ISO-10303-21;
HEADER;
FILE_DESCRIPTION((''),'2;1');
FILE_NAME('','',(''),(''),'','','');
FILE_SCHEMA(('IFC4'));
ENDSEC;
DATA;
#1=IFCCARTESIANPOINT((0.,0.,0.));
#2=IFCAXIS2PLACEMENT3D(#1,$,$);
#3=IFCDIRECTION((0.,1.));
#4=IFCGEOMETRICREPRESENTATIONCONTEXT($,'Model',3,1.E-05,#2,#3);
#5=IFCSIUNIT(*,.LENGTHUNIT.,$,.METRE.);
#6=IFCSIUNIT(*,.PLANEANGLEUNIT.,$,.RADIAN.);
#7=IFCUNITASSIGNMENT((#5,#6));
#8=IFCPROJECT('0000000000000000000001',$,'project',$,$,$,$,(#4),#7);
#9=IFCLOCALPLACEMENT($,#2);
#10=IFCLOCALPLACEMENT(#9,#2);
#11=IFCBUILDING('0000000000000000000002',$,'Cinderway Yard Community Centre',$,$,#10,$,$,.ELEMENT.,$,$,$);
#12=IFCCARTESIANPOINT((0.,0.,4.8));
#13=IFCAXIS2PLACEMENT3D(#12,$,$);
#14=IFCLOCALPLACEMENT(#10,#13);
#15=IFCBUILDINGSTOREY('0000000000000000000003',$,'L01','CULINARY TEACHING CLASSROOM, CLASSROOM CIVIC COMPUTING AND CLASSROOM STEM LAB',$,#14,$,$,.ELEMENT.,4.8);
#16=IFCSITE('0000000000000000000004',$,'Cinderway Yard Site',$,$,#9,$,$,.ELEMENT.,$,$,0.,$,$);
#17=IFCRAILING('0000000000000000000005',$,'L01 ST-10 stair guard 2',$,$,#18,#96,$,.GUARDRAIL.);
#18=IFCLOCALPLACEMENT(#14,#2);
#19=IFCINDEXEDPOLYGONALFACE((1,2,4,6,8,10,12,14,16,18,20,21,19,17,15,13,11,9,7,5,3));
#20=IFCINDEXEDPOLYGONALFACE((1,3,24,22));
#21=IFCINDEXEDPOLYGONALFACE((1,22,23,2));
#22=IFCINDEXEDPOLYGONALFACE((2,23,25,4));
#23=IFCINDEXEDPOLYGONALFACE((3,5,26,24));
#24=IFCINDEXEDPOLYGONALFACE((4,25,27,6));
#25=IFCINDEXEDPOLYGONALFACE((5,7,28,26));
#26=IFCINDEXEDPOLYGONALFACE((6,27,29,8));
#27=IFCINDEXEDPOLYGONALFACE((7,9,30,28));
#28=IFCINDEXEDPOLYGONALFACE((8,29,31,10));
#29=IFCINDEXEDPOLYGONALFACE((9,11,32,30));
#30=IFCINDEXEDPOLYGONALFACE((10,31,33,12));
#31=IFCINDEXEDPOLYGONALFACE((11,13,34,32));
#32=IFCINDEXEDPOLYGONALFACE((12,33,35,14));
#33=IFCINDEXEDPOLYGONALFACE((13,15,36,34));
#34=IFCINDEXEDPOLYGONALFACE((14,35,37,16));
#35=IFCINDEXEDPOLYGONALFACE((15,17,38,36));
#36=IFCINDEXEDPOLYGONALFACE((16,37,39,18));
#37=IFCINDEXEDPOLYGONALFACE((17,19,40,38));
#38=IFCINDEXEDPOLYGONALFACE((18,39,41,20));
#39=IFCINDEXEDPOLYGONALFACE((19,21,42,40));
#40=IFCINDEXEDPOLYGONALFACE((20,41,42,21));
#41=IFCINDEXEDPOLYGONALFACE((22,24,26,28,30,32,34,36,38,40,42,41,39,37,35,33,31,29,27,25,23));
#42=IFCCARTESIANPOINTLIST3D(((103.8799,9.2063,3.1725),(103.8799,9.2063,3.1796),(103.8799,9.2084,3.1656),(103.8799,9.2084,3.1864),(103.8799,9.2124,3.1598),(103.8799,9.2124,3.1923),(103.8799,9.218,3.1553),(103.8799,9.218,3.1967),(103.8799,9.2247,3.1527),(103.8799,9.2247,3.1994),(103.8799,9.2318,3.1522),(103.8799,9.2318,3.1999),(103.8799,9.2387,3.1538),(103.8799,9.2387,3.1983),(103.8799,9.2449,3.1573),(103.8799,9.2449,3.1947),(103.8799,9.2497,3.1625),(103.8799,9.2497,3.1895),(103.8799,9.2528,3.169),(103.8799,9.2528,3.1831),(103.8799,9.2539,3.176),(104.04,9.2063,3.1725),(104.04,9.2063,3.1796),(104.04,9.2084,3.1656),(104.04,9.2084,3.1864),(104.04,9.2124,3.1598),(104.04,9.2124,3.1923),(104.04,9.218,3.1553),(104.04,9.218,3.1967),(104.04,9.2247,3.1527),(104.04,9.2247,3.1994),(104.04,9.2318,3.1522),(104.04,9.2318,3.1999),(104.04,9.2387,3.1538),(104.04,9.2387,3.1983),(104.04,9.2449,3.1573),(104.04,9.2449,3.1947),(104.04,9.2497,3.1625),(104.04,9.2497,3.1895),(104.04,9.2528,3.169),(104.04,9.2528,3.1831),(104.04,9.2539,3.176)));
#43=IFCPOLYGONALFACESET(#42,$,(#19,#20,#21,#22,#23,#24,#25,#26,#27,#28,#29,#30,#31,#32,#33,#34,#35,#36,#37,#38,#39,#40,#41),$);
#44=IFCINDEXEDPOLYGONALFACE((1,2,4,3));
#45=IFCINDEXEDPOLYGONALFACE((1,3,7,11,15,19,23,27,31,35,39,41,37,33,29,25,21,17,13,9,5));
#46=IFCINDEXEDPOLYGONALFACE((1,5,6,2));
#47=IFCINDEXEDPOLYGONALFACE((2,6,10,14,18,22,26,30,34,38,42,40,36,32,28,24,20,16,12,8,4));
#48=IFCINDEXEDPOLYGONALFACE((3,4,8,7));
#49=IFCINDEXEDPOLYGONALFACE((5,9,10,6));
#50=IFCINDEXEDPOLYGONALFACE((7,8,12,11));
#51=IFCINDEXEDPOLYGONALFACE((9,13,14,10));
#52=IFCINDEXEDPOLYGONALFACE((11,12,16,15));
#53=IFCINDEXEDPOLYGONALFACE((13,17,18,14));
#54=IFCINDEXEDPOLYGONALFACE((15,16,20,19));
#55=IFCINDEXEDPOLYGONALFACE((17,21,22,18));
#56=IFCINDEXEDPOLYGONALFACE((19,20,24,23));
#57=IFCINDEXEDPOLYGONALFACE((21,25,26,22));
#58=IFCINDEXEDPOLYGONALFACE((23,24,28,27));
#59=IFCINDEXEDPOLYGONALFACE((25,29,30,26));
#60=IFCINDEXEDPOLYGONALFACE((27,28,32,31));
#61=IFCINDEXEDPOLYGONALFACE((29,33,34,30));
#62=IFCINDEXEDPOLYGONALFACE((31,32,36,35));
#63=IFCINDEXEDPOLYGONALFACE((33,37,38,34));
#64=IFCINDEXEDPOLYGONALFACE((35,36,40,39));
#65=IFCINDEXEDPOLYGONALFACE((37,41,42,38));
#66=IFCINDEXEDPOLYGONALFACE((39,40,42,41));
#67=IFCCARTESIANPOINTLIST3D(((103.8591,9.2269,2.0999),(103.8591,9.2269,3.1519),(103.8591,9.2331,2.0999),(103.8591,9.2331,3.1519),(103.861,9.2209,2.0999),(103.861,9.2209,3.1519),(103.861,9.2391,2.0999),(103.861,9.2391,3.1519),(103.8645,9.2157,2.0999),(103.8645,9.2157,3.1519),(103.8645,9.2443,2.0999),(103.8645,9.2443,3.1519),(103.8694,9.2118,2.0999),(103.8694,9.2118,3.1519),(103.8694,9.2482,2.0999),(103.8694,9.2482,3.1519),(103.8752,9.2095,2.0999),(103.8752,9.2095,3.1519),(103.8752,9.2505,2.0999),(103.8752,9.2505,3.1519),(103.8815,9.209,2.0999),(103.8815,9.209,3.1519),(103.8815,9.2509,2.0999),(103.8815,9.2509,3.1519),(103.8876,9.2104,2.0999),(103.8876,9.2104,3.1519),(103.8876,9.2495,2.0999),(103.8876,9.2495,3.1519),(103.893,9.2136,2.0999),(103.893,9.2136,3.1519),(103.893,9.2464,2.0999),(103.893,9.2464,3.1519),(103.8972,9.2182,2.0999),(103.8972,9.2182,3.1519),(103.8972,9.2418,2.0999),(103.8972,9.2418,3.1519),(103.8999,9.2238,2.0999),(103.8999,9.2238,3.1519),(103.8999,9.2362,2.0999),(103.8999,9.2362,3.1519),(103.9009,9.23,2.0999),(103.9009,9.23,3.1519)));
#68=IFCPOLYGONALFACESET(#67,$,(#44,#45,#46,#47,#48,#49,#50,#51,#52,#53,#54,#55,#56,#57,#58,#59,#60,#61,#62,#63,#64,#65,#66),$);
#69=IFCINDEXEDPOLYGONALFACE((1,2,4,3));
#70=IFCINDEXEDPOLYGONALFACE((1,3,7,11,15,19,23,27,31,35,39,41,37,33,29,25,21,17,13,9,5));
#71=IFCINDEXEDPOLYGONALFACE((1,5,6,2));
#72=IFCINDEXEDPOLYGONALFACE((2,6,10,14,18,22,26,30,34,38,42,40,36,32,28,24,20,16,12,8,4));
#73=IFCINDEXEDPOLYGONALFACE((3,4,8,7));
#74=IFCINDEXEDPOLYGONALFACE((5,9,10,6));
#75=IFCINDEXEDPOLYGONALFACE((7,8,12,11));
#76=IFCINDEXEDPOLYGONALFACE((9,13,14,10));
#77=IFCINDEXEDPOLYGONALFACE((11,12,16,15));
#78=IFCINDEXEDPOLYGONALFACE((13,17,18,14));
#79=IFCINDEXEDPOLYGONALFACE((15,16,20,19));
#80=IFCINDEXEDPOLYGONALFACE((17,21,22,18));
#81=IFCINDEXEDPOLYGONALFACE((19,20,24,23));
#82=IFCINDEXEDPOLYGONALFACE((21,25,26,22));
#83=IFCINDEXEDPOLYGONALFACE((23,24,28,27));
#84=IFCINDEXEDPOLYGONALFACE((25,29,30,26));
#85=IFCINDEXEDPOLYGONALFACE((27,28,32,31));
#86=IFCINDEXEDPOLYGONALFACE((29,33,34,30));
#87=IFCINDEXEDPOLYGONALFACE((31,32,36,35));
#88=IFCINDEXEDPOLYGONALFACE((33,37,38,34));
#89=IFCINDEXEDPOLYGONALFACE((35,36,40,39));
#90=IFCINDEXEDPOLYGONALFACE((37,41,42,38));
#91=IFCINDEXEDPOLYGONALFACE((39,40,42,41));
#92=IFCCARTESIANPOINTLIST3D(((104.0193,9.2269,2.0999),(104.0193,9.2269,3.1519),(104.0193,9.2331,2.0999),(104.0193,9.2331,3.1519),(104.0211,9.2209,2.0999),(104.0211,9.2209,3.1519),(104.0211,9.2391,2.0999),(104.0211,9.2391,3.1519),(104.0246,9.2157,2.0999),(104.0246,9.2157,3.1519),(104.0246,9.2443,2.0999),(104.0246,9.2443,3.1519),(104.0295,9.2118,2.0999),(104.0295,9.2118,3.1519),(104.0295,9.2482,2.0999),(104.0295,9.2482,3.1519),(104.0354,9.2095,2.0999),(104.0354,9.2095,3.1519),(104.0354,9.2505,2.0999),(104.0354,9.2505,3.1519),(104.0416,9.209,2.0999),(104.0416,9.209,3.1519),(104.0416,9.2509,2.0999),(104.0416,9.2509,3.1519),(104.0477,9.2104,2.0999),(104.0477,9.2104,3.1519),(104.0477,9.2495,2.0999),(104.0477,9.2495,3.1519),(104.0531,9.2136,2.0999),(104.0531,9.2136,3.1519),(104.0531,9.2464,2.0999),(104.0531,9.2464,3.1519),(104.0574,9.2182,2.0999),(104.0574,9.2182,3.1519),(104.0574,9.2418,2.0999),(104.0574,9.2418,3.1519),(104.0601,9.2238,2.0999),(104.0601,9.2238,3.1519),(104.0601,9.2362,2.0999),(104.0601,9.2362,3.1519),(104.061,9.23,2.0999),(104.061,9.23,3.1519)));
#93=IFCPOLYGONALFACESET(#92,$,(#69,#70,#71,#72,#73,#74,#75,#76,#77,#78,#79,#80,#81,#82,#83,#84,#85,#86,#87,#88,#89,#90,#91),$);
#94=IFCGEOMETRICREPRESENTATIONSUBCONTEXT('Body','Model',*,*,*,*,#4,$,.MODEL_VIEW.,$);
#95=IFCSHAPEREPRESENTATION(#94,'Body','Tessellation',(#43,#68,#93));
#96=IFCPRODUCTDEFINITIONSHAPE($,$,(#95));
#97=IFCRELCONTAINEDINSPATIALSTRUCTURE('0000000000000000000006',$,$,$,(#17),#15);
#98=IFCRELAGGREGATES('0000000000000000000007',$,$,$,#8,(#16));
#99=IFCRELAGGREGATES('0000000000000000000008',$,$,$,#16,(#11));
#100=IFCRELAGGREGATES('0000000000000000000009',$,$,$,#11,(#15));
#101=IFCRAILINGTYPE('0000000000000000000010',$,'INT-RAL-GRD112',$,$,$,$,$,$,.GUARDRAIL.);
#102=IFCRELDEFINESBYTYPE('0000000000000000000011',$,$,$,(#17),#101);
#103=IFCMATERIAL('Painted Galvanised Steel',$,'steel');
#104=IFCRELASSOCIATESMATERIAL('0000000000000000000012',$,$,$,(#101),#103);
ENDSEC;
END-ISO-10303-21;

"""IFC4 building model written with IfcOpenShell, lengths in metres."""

from ifc_helpers import new_model, si_unit, direction, frame, origin, origin_2d, place, context, subcontext, project, spatial, circle, extrude, material, type_object, element, save


model = new_model("IFC4")

# Units and contexts
model_context = context("Model", 3, precision=1e-05, world=origin(), true_north=direction((0.0, 1.0)))
body_context = subcontext(model_context, "Body", "Model", "MODEL_VIEW")
ifc_project = project(units=[si_unit("LENGTHUNIT", "METRE"), si_unit("PLANEANGLEUNIT", "RADIAN")], contexts=[model_context])

# Site, building, storey
site_placement = place(None, origin())
site = spatial("IfcSite", under=ifc_project, at=site_placement, Name="Cinderway Yard Site", CompositionType="ELEMENT", RefElevation=0.0)
building_placement = place(site_placement, origin())
building = spatial("IfcBuilding", under=site, at=building_placement, Name="Cinderway Yard Community Centre", CompositionType="ELEMENT")
storey_placement = place(building_placement, frame((0.0, 0.0, 4.8)))
storey = spatial("IfcBuildingStorey", under=building, at=storey_placement, Name="L01", Description="CULINARY TEACHING CLASSROOM, CLASSROOM CIVIC COMPUTING AND CLASSROOM STEM LAB", CompositionType="ELEMENT", Elevation=4.8)

# Railing
ifc_material_1 = material(Name="Painted Galvanised Steel", Category="steel")
railing_type_1 = type_object("IfcRailingType", Name="INT-RAL-GRD112", PredefinedType="GUARDRAIL", material=ifc_material_1)
railing_1_placement = place(storey_placement, frame((103.8799, 9.23, 2.0999)))
element("IfcRailing", 1, at=railing_1_placement, inside=storey, type_object=railing_type_1, Name="L01 ST-10 stair guard 2", PredefinedType="GUARDRAIL", context=body_context, shape_type="SweptSolid", body=[
    extrude(circle(Radius=0.0239, at=origin_2d()), frame((0.0, 0.0, 1.0762), z_axis=(1.0, 0.0, 0.0), x_axis=(0.0, 1.0, 0.0)), (0.0, 0.0, 1.0), 0.1602),
    extrude(circle(Radius=0.021, at=origin_2d()), origin(), (0.0, 0.0, 1.0), 1.052),
    extrude(circle(Radius=0.021, at=origin_2d()), frame((0.1602, 0.0, 0.0)), (0.0, 0.0, 1.0), 1.052),
])

save(model, "model.ifc")
